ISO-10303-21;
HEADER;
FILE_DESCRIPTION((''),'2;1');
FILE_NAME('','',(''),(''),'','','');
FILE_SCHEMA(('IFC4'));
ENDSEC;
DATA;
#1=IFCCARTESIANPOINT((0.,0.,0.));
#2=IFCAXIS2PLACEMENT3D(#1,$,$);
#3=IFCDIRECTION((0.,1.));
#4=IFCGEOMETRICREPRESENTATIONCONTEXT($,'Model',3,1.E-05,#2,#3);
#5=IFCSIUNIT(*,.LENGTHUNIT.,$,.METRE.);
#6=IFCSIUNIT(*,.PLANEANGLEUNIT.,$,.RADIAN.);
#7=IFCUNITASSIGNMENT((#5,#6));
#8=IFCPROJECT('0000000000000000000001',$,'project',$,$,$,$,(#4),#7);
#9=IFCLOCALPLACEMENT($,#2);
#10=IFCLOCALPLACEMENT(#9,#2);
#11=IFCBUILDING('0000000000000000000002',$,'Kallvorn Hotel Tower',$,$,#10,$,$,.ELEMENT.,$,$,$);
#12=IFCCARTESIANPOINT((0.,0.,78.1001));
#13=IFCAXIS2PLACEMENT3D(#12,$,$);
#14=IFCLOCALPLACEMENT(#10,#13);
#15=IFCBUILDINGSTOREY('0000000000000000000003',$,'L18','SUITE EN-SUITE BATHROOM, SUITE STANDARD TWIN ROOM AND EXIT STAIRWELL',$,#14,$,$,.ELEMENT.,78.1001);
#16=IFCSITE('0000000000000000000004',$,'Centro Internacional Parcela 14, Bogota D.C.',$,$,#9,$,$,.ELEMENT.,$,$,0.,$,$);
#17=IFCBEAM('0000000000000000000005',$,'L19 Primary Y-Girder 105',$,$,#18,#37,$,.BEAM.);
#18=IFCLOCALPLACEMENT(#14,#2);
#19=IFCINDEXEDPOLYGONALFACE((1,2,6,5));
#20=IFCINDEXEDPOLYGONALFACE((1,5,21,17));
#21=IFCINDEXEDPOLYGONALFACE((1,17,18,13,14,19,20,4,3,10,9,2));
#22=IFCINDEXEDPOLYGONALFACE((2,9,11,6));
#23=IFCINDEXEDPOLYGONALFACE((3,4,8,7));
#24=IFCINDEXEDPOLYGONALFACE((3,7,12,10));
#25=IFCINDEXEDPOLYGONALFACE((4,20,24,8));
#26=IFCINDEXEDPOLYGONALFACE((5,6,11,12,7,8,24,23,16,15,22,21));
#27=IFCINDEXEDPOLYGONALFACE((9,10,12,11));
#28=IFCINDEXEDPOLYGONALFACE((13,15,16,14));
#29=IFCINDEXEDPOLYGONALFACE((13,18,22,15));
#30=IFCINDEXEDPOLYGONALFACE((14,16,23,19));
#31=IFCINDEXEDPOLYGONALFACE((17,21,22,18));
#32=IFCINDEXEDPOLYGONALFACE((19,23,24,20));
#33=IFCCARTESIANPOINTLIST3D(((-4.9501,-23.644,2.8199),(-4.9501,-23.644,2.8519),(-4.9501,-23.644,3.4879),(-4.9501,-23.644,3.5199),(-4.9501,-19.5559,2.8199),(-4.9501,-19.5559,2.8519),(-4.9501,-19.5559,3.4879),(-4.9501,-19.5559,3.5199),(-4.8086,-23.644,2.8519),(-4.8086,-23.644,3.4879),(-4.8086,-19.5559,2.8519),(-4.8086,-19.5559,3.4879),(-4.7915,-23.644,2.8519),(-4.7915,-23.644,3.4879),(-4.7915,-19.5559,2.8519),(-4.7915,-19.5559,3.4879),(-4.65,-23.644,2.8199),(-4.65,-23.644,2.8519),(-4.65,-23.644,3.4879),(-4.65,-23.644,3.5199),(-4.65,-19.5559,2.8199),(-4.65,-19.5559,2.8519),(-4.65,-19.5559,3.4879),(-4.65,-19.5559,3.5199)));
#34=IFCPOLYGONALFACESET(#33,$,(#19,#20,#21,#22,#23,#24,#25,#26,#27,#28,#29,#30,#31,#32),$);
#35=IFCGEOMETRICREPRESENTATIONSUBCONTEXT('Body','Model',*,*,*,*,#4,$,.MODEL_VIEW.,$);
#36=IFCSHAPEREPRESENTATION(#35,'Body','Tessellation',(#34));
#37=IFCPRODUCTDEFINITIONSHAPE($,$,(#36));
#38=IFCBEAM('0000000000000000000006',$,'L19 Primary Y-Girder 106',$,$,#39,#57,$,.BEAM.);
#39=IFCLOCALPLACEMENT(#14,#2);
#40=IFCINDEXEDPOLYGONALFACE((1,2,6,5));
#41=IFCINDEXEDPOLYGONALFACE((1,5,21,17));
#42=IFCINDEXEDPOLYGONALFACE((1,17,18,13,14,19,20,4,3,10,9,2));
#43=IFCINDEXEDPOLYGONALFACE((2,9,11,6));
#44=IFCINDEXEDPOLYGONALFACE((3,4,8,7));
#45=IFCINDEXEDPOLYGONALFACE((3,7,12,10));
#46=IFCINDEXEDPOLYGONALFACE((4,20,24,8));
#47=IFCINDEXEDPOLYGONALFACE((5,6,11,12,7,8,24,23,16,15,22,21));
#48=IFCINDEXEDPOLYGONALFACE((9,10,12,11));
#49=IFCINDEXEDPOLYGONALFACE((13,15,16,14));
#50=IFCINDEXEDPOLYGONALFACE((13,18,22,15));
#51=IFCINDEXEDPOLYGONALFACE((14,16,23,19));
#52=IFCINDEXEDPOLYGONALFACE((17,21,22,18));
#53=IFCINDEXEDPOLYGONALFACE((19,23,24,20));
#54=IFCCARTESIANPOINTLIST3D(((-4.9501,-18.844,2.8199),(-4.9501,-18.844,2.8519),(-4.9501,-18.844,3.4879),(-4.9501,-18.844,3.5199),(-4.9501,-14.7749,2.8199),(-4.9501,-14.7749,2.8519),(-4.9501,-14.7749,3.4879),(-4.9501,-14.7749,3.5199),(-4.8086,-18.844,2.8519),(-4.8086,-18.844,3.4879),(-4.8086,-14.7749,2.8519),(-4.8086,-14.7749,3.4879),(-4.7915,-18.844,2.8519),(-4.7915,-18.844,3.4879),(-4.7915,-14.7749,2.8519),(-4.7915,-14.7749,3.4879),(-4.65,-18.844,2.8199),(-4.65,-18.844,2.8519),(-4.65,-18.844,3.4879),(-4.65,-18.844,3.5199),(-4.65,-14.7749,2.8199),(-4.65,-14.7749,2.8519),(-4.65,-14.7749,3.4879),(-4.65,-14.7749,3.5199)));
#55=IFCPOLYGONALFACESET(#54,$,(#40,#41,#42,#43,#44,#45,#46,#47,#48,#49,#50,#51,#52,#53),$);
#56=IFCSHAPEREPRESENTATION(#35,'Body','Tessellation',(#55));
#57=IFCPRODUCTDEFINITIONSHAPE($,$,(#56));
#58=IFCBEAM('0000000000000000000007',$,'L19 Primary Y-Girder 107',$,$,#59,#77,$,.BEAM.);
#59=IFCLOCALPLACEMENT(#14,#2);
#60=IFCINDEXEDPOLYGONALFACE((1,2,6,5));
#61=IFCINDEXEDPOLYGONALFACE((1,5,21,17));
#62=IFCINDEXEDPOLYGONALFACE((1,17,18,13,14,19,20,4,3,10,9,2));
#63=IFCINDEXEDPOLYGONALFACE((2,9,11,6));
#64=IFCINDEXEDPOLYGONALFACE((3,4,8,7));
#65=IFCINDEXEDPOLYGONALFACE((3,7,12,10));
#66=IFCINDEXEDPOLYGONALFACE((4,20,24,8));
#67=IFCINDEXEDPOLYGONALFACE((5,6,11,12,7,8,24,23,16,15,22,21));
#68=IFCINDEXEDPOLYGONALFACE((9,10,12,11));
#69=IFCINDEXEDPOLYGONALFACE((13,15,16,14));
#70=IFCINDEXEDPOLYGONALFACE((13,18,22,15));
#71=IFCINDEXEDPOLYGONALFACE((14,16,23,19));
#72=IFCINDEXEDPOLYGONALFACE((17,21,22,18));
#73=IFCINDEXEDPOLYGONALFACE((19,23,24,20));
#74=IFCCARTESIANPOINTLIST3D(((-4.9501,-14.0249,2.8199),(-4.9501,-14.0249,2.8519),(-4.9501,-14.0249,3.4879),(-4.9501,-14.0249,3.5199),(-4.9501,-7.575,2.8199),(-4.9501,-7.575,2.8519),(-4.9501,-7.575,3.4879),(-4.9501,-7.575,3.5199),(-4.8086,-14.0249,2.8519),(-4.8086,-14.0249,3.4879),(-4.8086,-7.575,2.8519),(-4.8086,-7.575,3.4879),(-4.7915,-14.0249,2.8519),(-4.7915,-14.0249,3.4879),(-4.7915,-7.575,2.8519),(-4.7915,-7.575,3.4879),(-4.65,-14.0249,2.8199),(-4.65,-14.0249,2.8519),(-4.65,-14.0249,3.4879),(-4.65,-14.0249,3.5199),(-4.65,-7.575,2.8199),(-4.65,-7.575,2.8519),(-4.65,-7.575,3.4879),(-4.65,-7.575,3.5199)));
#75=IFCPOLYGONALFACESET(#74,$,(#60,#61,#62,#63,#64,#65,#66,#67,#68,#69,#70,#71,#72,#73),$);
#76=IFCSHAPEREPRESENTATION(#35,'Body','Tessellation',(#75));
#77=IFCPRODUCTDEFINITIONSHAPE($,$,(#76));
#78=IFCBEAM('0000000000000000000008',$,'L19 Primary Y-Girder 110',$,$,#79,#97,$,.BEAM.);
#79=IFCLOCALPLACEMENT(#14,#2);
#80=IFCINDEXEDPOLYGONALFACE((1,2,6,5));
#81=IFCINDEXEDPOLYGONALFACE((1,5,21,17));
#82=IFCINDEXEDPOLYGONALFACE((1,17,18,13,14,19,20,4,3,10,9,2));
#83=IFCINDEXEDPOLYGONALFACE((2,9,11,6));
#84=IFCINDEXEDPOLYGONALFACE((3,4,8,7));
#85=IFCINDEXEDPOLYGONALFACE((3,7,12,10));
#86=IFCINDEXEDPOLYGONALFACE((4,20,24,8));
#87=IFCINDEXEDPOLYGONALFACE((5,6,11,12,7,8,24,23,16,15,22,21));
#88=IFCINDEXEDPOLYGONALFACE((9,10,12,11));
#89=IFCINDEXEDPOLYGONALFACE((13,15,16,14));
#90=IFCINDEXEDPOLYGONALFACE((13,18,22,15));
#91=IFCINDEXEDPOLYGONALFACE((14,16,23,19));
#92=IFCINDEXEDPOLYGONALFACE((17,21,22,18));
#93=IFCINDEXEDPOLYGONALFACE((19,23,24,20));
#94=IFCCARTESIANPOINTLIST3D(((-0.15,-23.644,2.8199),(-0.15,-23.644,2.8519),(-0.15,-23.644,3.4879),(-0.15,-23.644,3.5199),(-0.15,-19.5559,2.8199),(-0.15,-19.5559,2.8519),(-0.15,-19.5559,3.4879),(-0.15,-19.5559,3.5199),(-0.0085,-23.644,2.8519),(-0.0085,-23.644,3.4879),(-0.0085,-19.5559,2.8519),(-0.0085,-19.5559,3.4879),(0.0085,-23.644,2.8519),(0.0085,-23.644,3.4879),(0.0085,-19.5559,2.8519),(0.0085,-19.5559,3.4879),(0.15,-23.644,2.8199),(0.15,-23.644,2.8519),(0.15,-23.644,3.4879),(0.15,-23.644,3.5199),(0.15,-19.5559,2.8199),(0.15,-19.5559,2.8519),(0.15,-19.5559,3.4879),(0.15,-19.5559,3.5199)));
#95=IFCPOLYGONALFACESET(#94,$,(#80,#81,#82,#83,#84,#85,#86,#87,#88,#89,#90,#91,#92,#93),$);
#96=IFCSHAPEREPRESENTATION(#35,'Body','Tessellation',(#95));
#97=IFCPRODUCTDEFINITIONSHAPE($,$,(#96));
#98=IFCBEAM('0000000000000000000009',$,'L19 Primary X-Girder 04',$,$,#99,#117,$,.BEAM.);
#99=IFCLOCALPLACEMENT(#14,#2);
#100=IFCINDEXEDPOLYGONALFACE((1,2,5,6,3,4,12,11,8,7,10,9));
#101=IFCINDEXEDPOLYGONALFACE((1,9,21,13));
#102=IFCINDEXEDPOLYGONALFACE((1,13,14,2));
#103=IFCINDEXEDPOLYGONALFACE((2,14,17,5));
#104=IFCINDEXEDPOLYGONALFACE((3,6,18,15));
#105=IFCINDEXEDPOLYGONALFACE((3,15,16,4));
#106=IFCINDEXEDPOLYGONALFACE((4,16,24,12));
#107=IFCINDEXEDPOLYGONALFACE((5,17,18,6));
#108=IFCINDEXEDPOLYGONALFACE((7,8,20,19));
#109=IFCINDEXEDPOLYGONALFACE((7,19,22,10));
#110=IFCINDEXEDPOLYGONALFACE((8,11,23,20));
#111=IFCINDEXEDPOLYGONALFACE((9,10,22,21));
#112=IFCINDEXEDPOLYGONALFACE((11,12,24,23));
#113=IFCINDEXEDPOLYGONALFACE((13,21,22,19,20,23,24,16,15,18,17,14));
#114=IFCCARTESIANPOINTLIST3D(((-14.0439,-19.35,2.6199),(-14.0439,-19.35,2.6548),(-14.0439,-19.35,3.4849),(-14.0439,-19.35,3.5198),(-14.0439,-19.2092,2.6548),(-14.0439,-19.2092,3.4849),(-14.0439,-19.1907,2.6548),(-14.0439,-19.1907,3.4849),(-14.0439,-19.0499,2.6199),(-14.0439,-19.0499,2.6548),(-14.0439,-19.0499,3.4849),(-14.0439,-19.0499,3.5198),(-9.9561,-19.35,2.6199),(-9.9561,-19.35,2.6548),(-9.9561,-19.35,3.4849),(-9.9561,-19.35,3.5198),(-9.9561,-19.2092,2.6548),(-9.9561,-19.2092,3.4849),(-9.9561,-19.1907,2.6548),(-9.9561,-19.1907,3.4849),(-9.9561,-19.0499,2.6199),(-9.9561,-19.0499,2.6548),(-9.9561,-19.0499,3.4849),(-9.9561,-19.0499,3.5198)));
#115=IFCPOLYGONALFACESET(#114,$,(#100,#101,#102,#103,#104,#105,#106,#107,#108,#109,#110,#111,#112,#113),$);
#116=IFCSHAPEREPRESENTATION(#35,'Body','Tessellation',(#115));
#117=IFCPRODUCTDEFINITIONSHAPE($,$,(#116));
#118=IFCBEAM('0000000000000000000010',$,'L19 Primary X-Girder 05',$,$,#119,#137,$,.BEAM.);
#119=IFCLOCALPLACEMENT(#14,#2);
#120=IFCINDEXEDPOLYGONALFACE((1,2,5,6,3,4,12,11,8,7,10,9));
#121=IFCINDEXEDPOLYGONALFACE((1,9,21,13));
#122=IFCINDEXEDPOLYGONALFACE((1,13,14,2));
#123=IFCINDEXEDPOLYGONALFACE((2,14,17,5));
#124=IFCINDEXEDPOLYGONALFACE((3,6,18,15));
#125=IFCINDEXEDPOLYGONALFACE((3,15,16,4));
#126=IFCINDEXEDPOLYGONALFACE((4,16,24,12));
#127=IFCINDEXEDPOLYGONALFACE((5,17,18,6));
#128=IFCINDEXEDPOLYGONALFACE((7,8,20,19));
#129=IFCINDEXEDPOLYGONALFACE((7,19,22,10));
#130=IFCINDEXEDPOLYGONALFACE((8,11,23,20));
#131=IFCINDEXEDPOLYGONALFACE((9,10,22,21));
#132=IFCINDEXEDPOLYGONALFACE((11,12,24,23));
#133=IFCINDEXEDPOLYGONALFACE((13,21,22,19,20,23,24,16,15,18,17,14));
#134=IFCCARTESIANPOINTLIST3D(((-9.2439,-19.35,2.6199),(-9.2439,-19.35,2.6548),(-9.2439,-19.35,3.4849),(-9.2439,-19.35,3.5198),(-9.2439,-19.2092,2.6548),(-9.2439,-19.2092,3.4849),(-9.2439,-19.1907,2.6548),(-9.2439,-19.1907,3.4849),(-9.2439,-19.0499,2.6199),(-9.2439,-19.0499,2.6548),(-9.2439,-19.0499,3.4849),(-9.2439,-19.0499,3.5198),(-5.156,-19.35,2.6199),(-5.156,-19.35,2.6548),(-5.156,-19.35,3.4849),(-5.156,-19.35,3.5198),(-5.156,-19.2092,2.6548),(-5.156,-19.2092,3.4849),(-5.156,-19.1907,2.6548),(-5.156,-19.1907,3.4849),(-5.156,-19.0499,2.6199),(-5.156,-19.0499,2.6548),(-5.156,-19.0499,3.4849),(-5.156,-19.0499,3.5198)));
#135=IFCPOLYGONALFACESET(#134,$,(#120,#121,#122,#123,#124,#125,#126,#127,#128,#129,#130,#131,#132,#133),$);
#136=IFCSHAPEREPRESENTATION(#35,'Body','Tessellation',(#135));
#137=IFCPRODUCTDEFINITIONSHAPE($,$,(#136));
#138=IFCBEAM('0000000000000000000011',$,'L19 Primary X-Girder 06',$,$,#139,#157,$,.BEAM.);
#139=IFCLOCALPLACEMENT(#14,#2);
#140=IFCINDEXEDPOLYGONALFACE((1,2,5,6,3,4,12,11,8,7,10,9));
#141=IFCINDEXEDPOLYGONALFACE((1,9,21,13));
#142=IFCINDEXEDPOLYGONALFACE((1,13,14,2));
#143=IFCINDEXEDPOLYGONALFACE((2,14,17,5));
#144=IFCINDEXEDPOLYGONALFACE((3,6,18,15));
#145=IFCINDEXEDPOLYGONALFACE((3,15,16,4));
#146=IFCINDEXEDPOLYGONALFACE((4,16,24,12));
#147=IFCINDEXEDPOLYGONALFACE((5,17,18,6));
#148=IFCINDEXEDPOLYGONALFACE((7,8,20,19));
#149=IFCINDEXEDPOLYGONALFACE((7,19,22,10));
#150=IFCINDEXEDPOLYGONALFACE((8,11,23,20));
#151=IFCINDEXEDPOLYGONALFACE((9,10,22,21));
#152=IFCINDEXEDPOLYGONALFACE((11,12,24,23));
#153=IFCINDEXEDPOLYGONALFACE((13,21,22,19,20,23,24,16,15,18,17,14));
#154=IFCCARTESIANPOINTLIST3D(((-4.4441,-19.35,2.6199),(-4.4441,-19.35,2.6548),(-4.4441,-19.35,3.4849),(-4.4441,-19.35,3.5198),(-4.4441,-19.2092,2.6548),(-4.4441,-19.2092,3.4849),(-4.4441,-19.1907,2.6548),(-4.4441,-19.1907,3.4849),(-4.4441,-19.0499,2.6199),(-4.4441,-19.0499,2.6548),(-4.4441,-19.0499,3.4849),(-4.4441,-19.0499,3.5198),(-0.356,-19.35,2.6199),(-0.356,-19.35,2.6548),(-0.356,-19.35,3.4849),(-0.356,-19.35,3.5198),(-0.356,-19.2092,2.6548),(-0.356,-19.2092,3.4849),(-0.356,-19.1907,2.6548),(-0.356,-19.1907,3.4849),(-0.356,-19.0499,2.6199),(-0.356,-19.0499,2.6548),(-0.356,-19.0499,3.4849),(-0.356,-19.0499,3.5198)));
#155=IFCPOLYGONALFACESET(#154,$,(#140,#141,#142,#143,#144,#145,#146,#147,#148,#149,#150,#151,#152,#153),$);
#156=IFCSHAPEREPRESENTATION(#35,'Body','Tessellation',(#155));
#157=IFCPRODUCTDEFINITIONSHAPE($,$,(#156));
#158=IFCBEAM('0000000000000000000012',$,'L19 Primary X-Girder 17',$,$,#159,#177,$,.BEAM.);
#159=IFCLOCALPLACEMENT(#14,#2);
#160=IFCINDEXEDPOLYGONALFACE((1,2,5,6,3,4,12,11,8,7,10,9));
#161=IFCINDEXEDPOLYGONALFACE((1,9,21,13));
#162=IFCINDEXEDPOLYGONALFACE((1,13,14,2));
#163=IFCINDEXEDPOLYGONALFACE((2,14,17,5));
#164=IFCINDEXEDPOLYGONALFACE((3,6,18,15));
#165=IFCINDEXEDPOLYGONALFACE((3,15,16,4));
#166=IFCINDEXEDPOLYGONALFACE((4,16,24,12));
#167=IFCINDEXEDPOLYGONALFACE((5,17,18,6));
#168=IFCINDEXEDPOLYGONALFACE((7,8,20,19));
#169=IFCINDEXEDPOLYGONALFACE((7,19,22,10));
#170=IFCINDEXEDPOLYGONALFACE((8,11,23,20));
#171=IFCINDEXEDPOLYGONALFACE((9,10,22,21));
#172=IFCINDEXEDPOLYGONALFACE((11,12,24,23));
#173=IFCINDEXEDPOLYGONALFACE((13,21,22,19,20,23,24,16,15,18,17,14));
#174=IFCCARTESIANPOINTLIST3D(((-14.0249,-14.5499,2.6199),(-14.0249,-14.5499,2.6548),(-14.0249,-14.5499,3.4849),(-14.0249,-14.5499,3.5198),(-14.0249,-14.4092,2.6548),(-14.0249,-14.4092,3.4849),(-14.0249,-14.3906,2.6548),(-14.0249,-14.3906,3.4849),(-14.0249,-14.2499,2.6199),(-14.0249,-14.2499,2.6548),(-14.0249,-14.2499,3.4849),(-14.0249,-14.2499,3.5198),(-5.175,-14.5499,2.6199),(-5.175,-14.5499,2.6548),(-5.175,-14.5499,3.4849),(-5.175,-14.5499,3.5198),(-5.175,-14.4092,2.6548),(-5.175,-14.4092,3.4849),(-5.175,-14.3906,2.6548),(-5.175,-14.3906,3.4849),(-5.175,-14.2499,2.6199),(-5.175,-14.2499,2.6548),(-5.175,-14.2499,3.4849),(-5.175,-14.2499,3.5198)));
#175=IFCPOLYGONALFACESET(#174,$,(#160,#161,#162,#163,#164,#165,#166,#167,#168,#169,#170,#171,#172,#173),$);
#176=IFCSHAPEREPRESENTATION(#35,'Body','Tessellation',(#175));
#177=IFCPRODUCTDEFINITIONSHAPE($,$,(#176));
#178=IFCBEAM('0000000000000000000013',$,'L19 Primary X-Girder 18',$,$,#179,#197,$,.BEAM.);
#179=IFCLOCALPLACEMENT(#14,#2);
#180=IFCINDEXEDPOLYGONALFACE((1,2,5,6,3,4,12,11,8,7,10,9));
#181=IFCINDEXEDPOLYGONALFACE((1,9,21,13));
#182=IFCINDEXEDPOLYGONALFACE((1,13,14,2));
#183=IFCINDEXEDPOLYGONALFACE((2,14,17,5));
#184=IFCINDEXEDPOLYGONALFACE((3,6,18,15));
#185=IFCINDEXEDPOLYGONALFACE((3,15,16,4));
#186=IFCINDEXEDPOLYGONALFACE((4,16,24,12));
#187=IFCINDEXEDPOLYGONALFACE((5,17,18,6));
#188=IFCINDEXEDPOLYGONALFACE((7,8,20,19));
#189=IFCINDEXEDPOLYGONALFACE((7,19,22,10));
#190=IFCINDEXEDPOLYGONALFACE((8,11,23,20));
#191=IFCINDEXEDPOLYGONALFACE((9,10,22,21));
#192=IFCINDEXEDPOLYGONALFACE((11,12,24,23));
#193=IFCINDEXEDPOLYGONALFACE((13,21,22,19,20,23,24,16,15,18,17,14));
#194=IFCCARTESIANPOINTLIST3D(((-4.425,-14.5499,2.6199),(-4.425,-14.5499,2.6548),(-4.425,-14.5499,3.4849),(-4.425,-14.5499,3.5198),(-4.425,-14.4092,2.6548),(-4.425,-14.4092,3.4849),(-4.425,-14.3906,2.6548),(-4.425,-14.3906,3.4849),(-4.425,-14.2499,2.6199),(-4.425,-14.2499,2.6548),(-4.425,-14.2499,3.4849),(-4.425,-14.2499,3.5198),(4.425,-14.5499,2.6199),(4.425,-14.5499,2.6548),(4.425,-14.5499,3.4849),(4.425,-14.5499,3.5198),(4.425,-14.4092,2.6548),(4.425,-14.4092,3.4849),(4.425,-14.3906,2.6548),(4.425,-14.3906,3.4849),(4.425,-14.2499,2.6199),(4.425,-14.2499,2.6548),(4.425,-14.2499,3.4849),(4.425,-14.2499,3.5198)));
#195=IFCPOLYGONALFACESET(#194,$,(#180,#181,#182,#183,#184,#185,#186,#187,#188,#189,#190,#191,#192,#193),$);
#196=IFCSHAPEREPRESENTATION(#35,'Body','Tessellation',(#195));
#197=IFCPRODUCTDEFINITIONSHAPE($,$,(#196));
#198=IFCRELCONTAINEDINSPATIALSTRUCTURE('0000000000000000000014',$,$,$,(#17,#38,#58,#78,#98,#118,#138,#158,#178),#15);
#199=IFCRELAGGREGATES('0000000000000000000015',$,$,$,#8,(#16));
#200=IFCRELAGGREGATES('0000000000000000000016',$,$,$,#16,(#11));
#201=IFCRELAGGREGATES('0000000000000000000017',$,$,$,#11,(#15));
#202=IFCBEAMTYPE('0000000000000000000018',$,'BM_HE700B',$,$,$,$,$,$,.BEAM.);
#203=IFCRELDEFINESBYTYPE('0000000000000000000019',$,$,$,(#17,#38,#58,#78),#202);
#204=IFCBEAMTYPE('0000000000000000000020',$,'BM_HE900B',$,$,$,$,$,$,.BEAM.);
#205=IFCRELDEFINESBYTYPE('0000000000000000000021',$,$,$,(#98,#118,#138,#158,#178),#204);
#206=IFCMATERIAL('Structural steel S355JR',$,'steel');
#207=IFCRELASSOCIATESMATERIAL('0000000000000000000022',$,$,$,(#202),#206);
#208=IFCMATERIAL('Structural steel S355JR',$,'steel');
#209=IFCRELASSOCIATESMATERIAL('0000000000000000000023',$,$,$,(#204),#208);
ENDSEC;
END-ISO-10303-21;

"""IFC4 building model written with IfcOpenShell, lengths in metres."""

from ifc_helpers import new_model, si_unit, direction, frame, origin, origin_2d, place, context, subcontext, project, spatial, i_section, extrude, material, material_profile, profile_set, type_object, element, save


model = new_model("IFC4")

# Units and contexts
model_context = context("Model", 3, precision=1e-05, world=origin(), true_north=direction((0.0, 1.0)))
body_context = subcontext(model_context, "Body", "Model", "MODEL_VIEW")
ifc_project = project(units=[si_unit("LENGTHUNIT", "METRE"), si_unit("PLANEANGLEUNIT", "RADIAN")], contexts=[model_context])

# Site, building, storey
site_placement = place(None, origin())
site = spatial("IfcSite", under=ifc_project, at=site_placement, Name="Centro Internacional Parcela 14, Bogota D.C.", CompositionType="ELEMENT", RefElevation=0.0)
building_placement = place(site_placement, origin())
building = spatial("IfcBuilding", under=site, at=building_placement, Name="Kallvorn Hotel Tower", CompositionType="ELEMENT")
storey_placement = place(building_placement, frame((0.0, 0.0, 78.1001)))
storey = spatial("IfcBuildingStorey", under=building, at=storey_placement, Name="L18", Description="SUITE EN-SUITE BATHROOM, SUITE STANDARD TWIN ROOM AND EXIT STAIRWELL", CompositionType="ELEMENT", Elevation=78.1001)

# Beams
ifc_material_1 = material(Name="Structural steel S355JR", Category="steel")
ifc_material_profile_1 = material_profile(ifc_material_1, i_section(OverallWidth=0.3, OverallDepth=0.7, WebThickness=0.0171, FlangeThickness=0.032, at=origin_2d()), Name="HE 700 B")
ifc_profile_set_1 = profile_set([ifc_material_profile_1], Name="Structural steel S355JR")
beam_type_1 = type_object("IfcBeamType", Name="BM_HE700B", PredefinedType="BEAM", material=ifc_profile_set_1)
for number, where, z_axis, x_axis, name in (
    (1, (-4.8, -23.644, 3.1699), (0.0, 1.0, 0.0), (-1.0, 0.0, 0.0), "L19 Primary Y-Girder 105"),
):
    element("IfcBeam", number, at=place(storey_placement, frame(where, z_axis=z_axis, x_axis=x_axis)), inside=storey, type_object=beam_type_1, Name=name, PredefinedType="BEAM", context=body_context, shape_type="SweptSolid", body=[
        extrude(i_section(OverallWidth=0.3, OverallDepth=0.7, WebThickness=0.0171, FlangeThickness=0.032, at=origin_2d()), origin(), (0.0, 0.0, 1.0), 4.0881),
    ])
beam_1_placement = place(storey_placement, frame((-4.8, -18.844, 3.1699), z_axis=(0.0, 1.0, 0.0), x_axis=(-1.0, 0.0, 0.0)))
element("IfcBeam", 2, at=beam_1_placement, inside=storey, type_object=beam_type_1, Name="L19 Primary Y-Girder 106", PredefinedType="BEAM", context=body_context, shape_type="SweptSolid", body=[
    extrude(i_section(OverallWidth=0.3, OverallDepth=0.7, WebThickness=0.0171, FlangeThickness=0.032, at=origin_2d()), origin(), (0.0, 0.0, 1.0), 4.0691),
])
beam_2_placement = place(storey_placement, frame((-4.8, -14.0249, 3.1699), z_axis=(0.0, 1.0, 0.0), x_axis=(-1.0, 0.0, 0.0)))
element("IfcBeam", 3, at=beam_2_placement, inside=storey, type_object=beam_type_1, Name="L19 Primary Y-Girder 107", PredefinedType="BEAM", context=body_context, shape_type="SweptSolid", body=[
    extrude(i_section(OverallWidth=0.3, OverallDepth=0.7, WebThickness=0.0171, FlangeThickness=0.032, at=origin_2d()), origin(), (0.0, 0.0, 1.0), 6.45),
])
beam_3_placement = place(storey_placement, frame((0.0, -23.644, 3.1699), z_axis=(0.0, 1.0, 0.0), x_axis=(-1.0, 0.0, 0.0)))
element("IfcBeam", 4, at=beam_3_placement, inside=storey, type_object=beam_type_1, Name="L19 Primary Y-Girder 110", PredefinedType="BEAM", context=body_context, shape_type="SweptSolid", body=[
    extrude(i_section(OverallWidth=0.3, OverallDepth=0.7, WebThickness=0.0171, FlangeThickness=0.032, at=origin_2d()), origin(), (0.0, 0.0, 1.0), 4.0881),
])
ifc_material_2 = material(Name="Structural steel S355JR", Category="steel")
ifc_material_profile_2 = material_profile(ifc_material_2, i_section(OverallWidth=0.3, OverallDepth=0.8999, WebThickness=0.0186, FlangeThickness=0.0349, at=origin_2d()), Name="HE 900 B")
ifc_profile_set_2 = profile_set([ifc_material_profile_2], Name="Structural steel S355JR")
beam_type_2 = type_object("IfcBeamType", Name="BM_HE900B", PredefinedType="BEAM", material=ifc_profile_set_2)
for number, where, z_axis, x_axis, name in (
    (5, (-14.0439, -19.2, 3.0698), (1.0, 0.0, 0.0), (0.0, 1.0, 0.0), "L19 Primary X-Girder 04"),
    (6, (-9.2439, -19.2, 3.0698), (1.0, 0.0, 0.0), (0.0, 1.0, 0.0), "L19 Primary X-Girder 05"),
):
    element("IfcBeam", number, at=place(storey_placement, frame(where, z_axis=z_axis, x_axis=x_axis)), inside=storey, type_object=beam_type_2, Name=name, PredefinedType="BEAM", context=body_context, shape_type="SweptSolid", body=[
        extrude(i_section(OverallWidth=0.3, OverallDepth=0.8999, WebThickness=0.0186, FlangeThickness=0.0349, at=origin_2d()), origin(), (0.0, 0.0, 1.0), 4.0879),
    ])
beam_4_placement = place(storey_placement, frame((-4.4441, -19.2, 3.0698), z_axis=(1.0, 0.0, 0.0), x_axis=(0.0, 1.0, 0.0)))
element("IfcBeam", 7, at=beam_4_placement, inside=storey, type_object=beam_type_2, Name="L19 Primary X-Girder 06", PredefinedType="BEAM", context=body_context, shape_type="SweptSolid", body=[
    extrude(i_section(OverallWidth=0.3, OverallDepth=0.8999, WebThickness=0.0186, FlangeThickness=0.0349, at=origin_2d()), origin(), (0.0, 0.0, 1.0), 4.0881),
])
beam_5_placement = place(storey_placement, frame((-14.0249, -14.3999, 3.0698), z_axis=(1.0, 0.0, 0.0), x_axis=(0.0, 1.0, 0.0)))
element("IfcBeam", 8, at=beam_5_placement, inside=storey, type_object=beam_type_2, Name="L19 Primary X-Girder 17", PredefinedType="BEAM", context=body_context, shape_type="SweptSolid", body=[
    extrude(i_section(OverallWidth=0.3, OverallDepth=0.8999, WebThickness=0.0186, FlangeThickness=0.0349, at=origin_2d()), origin(), (0.0, 0.0, 1.0), 8.8499),
])
beam_6_placement = place(storey_placement, frame((-4.425, -14.3999, 3.0698), z_axis=(1.0, 0.0, 0.0), x_axis=(0.0, 1.0, 0.0)))
element("IfcBeam", 9, at=beam_6_placement, inside=storey, type_object=beam_type_2, Name="L19 Primary X-Girder 18", PredefinedType="BEAM", context=body_context, shape_type="SweptSolid", body=[
    extrude(i_section(OverallWidth=0.3, OverallDepth=0.8999, WebThickness=0.0186, FlangeThickness=0.0349, at=origin_2d()), origin(), (0.0, 0.0, 1.0), 8.8501),
])

save(model, "model.ifc")
